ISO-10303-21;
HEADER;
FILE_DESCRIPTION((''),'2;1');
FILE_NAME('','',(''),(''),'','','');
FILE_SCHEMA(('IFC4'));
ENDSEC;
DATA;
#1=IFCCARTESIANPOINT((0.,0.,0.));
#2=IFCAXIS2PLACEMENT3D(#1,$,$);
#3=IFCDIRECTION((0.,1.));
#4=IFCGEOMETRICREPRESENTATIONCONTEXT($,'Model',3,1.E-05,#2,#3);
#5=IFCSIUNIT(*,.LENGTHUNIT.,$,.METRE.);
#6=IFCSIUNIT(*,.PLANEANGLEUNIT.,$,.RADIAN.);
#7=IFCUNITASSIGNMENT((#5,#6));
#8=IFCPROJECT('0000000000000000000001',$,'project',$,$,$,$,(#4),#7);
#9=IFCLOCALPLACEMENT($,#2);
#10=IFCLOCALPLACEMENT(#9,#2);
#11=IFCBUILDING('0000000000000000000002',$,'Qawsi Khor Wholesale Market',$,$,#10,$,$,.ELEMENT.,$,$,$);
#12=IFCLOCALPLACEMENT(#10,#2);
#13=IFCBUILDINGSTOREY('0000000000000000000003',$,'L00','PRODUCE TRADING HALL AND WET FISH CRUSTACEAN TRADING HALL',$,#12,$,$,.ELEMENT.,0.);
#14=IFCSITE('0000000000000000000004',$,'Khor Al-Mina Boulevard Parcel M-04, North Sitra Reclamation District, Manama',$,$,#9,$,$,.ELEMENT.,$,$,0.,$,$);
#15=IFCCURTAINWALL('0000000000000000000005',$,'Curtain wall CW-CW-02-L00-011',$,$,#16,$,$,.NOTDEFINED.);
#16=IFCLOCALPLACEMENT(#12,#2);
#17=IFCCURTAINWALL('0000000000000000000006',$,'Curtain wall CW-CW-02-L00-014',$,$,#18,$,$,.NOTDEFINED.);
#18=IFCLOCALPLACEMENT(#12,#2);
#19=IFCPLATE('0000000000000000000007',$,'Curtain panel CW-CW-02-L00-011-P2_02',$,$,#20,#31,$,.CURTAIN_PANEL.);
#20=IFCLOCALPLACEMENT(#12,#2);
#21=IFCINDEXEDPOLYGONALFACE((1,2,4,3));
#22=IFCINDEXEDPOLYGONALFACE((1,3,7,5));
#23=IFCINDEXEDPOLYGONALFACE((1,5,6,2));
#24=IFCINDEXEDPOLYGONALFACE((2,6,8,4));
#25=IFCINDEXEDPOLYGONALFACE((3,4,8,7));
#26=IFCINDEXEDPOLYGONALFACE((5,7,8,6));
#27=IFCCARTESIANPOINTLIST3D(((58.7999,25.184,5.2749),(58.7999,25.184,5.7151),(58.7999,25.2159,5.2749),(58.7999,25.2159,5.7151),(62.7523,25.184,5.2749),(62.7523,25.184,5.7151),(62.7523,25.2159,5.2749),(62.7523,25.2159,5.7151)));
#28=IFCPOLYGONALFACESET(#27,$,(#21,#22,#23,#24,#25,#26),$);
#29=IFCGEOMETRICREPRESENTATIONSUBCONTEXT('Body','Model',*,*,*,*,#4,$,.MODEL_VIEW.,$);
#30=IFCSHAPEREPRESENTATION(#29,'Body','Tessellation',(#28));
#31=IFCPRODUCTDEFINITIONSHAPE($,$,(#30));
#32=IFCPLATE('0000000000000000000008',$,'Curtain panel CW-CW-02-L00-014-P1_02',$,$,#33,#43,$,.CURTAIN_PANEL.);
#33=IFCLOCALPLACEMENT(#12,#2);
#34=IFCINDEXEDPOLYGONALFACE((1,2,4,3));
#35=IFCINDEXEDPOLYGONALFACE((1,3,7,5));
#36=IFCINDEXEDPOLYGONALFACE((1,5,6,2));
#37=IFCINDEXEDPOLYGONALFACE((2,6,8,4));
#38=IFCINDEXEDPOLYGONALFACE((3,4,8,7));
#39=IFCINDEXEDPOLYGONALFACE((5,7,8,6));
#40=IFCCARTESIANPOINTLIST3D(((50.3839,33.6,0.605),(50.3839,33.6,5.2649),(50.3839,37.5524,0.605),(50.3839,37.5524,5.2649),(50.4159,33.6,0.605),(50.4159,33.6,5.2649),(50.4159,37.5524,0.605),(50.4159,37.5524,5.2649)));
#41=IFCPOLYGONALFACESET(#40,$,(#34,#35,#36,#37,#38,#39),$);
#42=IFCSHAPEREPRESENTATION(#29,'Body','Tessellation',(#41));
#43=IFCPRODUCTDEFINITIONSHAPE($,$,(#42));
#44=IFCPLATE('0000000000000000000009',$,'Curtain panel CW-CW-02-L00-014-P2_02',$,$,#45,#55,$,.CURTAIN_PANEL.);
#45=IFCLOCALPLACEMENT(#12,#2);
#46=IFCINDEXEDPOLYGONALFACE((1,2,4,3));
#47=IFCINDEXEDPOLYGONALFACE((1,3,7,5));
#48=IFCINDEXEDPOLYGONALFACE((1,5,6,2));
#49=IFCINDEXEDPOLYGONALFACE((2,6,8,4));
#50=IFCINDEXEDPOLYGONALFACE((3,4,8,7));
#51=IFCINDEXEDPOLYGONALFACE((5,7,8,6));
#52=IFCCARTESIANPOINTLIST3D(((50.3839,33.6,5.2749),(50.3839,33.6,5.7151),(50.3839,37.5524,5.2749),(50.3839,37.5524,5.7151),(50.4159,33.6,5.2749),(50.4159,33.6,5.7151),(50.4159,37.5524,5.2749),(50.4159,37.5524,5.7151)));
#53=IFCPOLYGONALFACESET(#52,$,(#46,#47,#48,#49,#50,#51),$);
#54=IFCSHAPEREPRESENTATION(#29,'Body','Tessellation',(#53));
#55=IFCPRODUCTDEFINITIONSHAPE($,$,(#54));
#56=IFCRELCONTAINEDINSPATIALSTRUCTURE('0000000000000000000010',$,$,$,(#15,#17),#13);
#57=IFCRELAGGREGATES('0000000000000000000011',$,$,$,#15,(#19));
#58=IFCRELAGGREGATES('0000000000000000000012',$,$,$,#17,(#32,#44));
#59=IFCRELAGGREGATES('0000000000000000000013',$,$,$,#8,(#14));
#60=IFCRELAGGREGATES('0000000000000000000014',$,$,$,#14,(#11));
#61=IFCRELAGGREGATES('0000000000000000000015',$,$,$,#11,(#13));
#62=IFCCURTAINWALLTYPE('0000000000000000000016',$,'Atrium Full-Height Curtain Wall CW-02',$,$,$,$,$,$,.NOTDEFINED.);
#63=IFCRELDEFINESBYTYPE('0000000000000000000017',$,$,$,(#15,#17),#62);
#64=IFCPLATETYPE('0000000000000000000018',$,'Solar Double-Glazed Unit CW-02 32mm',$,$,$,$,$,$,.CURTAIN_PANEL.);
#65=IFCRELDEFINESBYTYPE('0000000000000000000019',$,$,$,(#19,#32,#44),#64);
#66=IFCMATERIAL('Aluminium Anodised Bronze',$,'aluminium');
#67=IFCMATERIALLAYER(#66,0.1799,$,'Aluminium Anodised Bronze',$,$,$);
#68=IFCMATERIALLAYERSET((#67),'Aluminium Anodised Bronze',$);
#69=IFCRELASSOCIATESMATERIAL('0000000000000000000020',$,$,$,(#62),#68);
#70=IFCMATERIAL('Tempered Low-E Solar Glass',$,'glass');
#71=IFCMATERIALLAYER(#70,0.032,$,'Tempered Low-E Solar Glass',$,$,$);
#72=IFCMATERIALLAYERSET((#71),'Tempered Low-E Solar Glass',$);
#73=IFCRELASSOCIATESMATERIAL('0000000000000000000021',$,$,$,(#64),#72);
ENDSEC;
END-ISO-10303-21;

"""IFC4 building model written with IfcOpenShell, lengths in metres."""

from ifc_helpers import new_model, si_unit, direction, frame, frame_2d, origin, place, context, subcontext, project, spatial, rectangle, extrude, material, layer, layer_set, type_object, element, aggregate, save


model = new_model("IFC4")

# Units and contexts
model_context = context("Model", 3, precision=1e-05, world=origin(), true_north=direction((0.0, 1.0)))
body_context = subcontext(model_context, "Body", "Model", "MODEL_VIEW")
ifc_project = project(units=[si_unit("LENGTHUNIT", "METRE"), si_unit("PLANEANGLEUNIT", "RADIAN")], contexts=[model_context])

# Site, building, storey
site_placement = place(None, origin())
site = spatial("IfcSite", under=ifc_project, at=site_placement, Name="Khor Al-Mina Boulevard Parcel M-04, North Sitra Reclamation District, Manama", CompositionType="ELEMENT", RefElevation=0.0)
building_placement = place(site_placement, origin())
building = spatial("IfcBuilding", under=site, at=building_placement, Name="Qawsi Khor Wholesale Market", CompositionType="ELEMENT")
storey_placement = place(building_placement, origin())
storey = spatial("IfcBuildingStorey", under=building, at=storey_placement, Name="L00", Description="PRODUCE TRADING HALL AND WET FISH CRUSTACEAN TRADING HALL", CompositionType="ELEMENT", Elevation=0.0)

# Curtain wall
ifc_material_1 = material(Name="Aluminium Anodised Bronze", Category="aluminium")
ifc_layer_1 = layer(ifc_material_1, 0.1799, Name="Aluminium Anodised Bronze")
ifc_layer_set_1 = layer_set([ifc_layer_1], Name="Aluminium Anodised Bronze")
curtain_wall_type = type_object("IfcCurtainWallType", Name="Atrium Full-Height Curtain Wall CW-02", PredefinedType="NOTDEFINED", material=ifc_layer_set_1)
curtain_wall_1_placement = place(storey_placement, origin())
curtain_wall_1 = element("IfcCurtainWall", 1, at=curtain_wall_1_placement, inside=storey, type_object=curtain_wall_type, Name="Curtain wall CW-CW-02-L00-011", PredefinedType="NOTDEFINED")

# Curtain wall
curtain_wall_2_placement = place(storey_placement, origin())
curtain_wall_2 = element("IfcCurtainWall", 2, at=curtain_wall_2_placement, inside=storey, type_object=curtain_wall_type, Name="Curtain wall CW-CW-02-L00-014", PredefinedType="NOTDEFINED")

# Plates
ifc_material_2 = material(Name="Tempered Low-E Solar Glass", Category="glass")
ifc_layer_2 = layer(ifc_material_2, 0.032, Name="Tempered Low-E Solar Glass")
ifc_layer_set_2 = layer_set([ifc_layer_2], Name="Tempered Low-E Solar Glass")
plate_type_1 = type_object("IfcPlateType", Name="Solar Double-Glazed Unit CW-02 32mm", PredefinedType="CURTAIN_PANEL", material=ifc_layer_set_2)
plate_1_placement = place(storey_placement, frame((58.8, 25.2, 5.2749), z_axis=(0.0, 0.0, 1.0), x_axis=(1.0, 0.0, 0.0)))
plate_1 = element("IfcPlate", 3, at=plate_1_placement, type_object=plate_type_1, Name="Curtain panel CW-CW-02-L00-011-P2_02", PredefinedType="CURTAIN_PANEL", context=body_context, shape_type="SweptSolid", body=[
    extrude(rectangle(XDim=3.9524, YDim=0.032, at=frame_2d((1.9761, 0.0))), origin(), (0.0, 0.0, 1.0), 0.4402),
])
aggregate(curtain_wall_1, [plate_1])
plate_2_placement = place(storey_placement, frame((50.3999, 33.6001, 0.605), z_axis=(0.0, 0.0, 1.0), x_axis=(0.0, 1.0, 0.0)))
plate_2 = element("IfcPlate", 4, at=plate_2_placement, type_object=plate_type_1, Name="Curtain panel CW-CW-02-L00-014-P1_02", PredefinedType="CURTAIN_PANEL", context=body_context, shape_type="SweptSolid", body=[
    extrude(rectangle(XDim=3.9524, YDim=0.032, at=frame_2d((1.9761, 0.0))), origin(), (0.0, 0.0, 1.0), 4.6599),
])
plate_3_placement = place(storey_placement, frame((50.3999, 33.6001, 5.2749), z_axis=(0.0, 0.0, 1.0), x_axis=(0.0, 1.0, 0.0)))
plate_3 = element("IfcPlate", 5, at=plate_3_placement, type_object=plate_type_1, Name="Curtain panel CW-CW-02-L00-014-P2_02", PredefinedType="CURTAIN_PANEL", context=body_context, shape_type="SweptSolid", body=[
    extrude(rectangle(XDim=3.9524, YDim=0.032, at=frame_2d((1.9761, 0.0))), origin(), (0.0, 0.0, 1.0), 0.4402),
])
aggregate(curtain_wall_2, [plate_2, plate_3])

save(model, "model.ifc")
